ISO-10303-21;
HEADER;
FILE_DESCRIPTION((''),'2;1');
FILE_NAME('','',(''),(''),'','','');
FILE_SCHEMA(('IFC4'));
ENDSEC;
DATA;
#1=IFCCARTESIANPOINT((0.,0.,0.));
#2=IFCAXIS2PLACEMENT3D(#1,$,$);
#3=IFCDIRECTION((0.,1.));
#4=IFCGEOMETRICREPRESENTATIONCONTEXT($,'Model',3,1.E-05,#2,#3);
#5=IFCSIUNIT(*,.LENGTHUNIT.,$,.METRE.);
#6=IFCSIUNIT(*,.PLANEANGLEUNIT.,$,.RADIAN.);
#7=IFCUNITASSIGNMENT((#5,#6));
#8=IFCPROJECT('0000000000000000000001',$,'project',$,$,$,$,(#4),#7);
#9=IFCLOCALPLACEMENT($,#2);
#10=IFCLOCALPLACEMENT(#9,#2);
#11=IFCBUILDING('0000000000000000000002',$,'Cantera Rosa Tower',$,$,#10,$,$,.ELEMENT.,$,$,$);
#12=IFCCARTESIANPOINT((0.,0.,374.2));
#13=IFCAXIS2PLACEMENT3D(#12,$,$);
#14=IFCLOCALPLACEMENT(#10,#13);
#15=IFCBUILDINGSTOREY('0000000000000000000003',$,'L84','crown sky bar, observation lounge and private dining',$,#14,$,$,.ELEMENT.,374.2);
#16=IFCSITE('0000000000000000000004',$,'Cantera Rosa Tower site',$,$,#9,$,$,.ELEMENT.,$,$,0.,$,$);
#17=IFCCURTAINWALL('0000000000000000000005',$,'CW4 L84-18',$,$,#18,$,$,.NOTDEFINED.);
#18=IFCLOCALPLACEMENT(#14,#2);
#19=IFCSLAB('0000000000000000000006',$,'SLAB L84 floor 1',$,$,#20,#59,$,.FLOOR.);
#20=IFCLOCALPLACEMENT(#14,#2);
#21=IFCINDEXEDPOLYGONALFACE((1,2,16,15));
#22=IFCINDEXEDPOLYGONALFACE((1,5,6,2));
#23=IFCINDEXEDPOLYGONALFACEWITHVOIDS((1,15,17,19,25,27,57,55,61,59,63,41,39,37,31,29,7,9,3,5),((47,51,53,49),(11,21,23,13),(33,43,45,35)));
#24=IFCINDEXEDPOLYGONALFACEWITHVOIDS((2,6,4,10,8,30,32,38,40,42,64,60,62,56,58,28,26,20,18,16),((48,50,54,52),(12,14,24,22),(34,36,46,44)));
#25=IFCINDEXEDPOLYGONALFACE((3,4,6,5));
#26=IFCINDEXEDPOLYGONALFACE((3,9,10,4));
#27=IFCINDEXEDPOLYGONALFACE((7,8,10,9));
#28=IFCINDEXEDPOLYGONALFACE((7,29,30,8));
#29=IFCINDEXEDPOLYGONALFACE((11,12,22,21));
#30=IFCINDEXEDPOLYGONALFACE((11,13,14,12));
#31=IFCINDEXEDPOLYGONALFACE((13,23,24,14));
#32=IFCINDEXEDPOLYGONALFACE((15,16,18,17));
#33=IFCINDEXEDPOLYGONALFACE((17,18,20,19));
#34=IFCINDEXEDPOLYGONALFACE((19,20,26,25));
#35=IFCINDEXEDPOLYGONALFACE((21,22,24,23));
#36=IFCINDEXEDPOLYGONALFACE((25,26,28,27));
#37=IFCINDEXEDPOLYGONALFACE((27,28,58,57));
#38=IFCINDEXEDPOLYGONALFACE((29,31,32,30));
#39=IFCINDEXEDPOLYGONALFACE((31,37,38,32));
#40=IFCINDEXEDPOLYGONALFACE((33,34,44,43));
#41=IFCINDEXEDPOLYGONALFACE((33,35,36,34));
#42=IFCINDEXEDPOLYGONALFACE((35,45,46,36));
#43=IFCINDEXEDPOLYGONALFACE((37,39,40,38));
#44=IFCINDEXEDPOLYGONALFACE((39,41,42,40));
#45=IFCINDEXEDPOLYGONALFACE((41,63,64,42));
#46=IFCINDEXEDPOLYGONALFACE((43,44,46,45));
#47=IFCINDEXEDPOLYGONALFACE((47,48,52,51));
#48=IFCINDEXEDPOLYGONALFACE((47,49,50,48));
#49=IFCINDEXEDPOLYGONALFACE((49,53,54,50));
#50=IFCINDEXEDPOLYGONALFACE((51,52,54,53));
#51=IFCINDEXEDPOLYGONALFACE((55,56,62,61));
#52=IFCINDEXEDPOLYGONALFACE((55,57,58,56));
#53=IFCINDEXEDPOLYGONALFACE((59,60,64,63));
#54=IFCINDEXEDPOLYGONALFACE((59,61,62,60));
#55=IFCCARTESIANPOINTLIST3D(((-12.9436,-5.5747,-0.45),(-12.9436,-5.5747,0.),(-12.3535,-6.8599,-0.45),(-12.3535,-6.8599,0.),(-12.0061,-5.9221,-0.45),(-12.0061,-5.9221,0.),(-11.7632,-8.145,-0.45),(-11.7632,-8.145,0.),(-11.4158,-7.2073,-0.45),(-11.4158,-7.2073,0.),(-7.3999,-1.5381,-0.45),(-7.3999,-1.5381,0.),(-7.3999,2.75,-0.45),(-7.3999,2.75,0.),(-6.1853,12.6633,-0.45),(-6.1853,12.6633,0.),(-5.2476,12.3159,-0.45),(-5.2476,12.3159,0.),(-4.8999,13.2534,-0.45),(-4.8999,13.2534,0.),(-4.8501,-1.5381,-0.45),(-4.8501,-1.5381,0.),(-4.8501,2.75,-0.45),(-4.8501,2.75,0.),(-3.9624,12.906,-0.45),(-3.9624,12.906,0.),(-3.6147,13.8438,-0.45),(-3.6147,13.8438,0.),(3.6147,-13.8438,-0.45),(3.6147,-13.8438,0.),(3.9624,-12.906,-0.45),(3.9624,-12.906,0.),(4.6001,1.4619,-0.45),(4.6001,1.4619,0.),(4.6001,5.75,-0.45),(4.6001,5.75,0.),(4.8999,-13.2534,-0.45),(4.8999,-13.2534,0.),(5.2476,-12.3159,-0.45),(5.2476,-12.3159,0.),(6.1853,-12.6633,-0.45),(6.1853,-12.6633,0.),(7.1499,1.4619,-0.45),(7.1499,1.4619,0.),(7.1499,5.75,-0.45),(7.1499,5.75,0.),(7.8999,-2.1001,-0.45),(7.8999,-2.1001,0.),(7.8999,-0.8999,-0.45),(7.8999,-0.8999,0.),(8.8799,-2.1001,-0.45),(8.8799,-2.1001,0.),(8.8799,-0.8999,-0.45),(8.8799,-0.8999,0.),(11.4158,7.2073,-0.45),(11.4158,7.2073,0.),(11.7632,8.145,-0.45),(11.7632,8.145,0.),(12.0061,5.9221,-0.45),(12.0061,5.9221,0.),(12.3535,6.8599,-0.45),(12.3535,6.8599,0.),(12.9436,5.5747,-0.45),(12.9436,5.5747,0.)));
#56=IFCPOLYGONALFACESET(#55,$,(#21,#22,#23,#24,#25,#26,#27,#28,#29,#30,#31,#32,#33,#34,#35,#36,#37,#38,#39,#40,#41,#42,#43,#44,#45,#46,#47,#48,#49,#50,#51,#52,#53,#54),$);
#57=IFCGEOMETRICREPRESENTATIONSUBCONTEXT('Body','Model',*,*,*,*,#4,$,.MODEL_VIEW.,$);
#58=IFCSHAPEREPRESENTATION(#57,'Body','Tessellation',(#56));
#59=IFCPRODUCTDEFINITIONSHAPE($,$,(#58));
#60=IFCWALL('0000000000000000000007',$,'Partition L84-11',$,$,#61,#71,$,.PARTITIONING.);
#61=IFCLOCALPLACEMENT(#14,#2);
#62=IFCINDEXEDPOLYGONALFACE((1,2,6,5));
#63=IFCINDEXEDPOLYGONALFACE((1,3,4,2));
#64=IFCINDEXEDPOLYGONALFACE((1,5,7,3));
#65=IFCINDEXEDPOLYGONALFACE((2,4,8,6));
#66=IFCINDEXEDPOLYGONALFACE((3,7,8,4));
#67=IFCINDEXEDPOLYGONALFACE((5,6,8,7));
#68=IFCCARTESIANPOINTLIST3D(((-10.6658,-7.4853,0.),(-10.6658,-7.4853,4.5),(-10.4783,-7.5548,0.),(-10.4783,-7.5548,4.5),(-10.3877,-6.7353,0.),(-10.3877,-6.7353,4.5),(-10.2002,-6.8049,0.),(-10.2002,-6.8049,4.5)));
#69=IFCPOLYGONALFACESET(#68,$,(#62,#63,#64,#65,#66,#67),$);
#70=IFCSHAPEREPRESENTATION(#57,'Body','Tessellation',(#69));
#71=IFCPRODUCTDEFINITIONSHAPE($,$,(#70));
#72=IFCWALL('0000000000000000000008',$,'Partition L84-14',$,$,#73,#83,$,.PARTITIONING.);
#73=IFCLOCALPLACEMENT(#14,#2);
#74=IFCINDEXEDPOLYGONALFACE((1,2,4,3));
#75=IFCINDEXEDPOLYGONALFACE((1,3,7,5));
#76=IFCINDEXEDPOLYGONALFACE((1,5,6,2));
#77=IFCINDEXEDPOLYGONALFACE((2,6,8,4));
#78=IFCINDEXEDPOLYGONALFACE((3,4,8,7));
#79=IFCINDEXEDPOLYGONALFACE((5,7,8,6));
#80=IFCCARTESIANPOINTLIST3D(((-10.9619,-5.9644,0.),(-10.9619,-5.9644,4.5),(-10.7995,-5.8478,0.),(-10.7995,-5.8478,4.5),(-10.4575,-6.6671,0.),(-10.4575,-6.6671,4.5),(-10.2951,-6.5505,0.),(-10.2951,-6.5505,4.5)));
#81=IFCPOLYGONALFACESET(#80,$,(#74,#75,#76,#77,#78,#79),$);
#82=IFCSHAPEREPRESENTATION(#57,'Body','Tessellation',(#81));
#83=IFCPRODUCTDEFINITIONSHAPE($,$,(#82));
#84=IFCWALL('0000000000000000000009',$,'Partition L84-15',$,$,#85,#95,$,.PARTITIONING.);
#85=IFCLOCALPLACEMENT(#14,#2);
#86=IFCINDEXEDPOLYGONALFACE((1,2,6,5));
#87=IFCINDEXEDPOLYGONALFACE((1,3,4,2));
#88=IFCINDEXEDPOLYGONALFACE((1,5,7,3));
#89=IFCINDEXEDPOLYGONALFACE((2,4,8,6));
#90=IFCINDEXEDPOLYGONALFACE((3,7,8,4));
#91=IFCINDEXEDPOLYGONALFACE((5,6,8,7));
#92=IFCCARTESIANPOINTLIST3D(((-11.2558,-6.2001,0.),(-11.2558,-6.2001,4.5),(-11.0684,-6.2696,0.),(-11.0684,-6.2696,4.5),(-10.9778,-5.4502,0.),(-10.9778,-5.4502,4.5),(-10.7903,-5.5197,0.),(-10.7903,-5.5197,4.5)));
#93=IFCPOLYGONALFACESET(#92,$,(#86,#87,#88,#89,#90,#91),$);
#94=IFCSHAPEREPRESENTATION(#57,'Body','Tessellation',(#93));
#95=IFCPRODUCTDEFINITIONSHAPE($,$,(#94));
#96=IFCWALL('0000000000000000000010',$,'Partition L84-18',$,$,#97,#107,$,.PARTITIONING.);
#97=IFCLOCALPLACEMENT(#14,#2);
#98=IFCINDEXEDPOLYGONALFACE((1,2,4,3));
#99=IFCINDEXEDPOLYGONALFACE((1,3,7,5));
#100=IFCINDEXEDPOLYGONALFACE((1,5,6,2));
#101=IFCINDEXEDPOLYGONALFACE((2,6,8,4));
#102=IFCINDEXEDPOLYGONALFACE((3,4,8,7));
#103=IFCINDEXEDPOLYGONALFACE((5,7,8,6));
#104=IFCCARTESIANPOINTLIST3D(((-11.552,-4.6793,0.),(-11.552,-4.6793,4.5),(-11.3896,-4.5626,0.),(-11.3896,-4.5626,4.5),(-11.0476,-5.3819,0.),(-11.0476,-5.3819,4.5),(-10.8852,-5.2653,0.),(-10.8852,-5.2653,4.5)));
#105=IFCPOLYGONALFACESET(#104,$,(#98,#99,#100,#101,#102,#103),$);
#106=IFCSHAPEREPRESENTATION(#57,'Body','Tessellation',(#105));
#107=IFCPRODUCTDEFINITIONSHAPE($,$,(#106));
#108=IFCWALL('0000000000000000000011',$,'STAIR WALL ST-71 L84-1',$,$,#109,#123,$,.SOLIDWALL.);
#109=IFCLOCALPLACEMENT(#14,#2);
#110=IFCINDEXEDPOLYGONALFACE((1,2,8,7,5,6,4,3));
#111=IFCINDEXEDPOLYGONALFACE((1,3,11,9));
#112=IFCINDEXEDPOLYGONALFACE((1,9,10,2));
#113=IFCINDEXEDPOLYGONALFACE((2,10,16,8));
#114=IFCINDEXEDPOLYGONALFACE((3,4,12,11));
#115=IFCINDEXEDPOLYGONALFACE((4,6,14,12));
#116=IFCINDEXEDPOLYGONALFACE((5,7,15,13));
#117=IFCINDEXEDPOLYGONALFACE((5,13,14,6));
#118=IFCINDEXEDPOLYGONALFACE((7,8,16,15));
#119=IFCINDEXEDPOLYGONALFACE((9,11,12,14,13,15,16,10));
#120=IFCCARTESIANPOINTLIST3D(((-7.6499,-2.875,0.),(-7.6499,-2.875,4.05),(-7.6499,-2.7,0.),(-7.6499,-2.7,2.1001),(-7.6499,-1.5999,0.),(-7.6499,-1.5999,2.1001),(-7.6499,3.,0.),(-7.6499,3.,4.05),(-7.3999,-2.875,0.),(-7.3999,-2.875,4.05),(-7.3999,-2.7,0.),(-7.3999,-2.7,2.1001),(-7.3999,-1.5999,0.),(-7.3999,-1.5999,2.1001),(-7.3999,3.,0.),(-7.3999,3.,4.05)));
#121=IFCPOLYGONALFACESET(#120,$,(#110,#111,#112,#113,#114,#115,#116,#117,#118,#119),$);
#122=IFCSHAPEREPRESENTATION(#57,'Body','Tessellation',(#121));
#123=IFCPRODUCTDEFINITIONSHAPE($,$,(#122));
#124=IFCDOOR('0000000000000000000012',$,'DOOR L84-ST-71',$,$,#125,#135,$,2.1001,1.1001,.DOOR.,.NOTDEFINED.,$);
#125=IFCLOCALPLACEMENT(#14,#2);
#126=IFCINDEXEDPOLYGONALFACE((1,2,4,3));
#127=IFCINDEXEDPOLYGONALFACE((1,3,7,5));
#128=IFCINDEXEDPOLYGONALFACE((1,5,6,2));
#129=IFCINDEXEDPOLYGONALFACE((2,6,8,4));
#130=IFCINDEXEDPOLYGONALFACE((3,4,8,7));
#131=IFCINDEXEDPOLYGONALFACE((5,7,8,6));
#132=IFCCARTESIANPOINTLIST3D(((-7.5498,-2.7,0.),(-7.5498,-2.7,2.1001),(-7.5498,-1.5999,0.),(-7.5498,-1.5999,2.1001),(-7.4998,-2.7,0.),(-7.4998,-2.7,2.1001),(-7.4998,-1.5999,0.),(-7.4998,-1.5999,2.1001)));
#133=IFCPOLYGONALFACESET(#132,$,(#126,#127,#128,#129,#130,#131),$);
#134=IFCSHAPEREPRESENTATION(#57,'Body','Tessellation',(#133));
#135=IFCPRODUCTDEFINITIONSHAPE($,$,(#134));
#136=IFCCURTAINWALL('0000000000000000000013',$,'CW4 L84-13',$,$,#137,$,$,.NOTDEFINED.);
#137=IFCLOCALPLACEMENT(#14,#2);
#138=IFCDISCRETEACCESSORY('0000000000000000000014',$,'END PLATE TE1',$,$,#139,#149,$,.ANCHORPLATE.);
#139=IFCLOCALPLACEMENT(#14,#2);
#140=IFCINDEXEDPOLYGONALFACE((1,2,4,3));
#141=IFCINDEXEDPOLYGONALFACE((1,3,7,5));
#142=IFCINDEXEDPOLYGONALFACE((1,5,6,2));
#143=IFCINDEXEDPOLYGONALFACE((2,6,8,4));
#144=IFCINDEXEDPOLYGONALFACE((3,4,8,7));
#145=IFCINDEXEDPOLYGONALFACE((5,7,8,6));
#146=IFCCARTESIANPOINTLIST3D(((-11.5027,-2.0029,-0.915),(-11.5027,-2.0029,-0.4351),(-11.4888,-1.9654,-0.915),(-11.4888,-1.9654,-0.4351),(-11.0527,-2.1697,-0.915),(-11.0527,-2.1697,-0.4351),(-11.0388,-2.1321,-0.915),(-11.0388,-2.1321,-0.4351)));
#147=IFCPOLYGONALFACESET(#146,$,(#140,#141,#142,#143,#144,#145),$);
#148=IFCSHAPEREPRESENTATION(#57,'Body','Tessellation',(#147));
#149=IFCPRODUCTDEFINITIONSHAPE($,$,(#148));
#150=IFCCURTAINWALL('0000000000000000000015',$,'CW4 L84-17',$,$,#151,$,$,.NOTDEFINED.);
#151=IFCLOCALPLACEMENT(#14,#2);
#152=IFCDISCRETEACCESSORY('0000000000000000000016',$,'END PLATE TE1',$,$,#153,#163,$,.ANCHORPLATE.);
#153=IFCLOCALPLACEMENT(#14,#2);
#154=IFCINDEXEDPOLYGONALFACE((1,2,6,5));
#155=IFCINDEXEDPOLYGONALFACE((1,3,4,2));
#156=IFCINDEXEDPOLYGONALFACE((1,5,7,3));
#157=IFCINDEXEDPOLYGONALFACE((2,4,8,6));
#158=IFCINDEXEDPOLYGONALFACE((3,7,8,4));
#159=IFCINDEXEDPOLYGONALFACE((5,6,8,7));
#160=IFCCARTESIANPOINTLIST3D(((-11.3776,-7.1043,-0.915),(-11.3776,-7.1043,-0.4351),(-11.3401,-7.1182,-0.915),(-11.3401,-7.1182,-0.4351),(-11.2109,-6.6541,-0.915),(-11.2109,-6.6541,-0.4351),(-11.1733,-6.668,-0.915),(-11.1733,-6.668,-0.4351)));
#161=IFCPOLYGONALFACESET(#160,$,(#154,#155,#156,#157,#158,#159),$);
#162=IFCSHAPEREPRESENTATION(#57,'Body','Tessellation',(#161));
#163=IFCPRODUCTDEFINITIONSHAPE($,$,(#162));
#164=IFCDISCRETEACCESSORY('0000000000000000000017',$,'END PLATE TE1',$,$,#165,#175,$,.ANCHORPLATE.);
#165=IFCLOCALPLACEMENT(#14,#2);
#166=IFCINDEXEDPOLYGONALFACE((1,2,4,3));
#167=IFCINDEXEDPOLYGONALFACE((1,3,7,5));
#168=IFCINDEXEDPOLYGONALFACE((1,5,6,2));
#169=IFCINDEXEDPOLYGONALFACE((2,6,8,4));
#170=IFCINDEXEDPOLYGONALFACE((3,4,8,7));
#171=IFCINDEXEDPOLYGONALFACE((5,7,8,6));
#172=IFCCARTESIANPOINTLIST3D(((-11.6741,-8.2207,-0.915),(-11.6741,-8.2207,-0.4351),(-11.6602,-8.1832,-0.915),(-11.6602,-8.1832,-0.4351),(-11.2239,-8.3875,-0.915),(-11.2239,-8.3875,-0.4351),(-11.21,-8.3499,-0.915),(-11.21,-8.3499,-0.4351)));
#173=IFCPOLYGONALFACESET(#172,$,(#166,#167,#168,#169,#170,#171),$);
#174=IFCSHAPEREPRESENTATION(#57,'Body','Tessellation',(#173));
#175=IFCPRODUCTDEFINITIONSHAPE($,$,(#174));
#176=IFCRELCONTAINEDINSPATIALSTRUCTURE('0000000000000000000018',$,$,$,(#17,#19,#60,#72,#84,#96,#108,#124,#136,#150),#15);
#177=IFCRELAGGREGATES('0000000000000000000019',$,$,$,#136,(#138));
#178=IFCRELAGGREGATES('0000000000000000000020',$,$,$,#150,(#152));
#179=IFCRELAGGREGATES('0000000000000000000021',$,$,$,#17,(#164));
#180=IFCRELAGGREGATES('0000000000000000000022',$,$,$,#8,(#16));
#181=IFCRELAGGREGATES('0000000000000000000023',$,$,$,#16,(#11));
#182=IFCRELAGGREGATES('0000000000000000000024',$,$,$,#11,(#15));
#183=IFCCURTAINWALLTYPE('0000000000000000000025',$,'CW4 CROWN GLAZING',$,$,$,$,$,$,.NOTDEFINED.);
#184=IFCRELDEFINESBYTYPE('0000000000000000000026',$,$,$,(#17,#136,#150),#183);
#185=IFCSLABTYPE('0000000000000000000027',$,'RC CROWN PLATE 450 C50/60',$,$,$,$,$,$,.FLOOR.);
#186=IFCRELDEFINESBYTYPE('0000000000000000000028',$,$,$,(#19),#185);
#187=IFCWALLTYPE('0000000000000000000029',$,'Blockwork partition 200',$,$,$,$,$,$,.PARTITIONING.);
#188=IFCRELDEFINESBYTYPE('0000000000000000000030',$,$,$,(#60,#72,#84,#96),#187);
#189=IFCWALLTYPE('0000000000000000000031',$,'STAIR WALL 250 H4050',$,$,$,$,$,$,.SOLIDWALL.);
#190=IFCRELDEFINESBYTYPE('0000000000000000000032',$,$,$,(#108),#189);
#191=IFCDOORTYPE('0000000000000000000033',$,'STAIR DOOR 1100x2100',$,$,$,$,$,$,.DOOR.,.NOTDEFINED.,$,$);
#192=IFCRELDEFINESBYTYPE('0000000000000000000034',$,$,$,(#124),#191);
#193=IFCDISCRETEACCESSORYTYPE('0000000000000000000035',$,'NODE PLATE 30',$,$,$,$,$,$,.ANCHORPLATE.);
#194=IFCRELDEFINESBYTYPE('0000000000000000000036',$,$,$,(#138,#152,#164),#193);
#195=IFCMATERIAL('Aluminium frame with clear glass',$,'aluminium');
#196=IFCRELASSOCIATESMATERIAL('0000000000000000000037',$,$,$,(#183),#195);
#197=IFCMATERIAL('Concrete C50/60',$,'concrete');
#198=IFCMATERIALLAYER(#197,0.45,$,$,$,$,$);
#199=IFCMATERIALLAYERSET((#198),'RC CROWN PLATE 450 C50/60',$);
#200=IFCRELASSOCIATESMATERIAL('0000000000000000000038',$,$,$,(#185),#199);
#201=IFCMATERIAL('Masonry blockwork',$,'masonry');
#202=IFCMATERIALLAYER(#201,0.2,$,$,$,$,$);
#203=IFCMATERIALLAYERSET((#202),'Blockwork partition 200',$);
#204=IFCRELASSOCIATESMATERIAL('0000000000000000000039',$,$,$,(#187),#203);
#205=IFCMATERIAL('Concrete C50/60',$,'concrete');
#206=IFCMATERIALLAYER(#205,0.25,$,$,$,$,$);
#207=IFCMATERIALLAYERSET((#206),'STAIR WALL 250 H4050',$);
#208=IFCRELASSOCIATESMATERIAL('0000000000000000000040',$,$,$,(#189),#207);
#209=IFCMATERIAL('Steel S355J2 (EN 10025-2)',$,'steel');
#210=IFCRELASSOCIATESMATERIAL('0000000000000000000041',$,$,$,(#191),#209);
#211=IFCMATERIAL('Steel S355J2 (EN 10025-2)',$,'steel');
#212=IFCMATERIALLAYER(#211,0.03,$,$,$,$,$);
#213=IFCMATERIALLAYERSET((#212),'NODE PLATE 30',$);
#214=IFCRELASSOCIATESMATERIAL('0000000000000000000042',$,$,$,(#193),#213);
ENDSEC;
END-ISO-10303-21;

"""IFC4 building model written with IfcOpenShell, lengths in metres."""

from ifc_helpers import new_model, si_unit, direction, frame, frame_2d, origin, place, context, subcontext, project, spatial, polyline, rectangle, outline, extrude, material, layer, layer_set, type_object, element, fill, aggregate, save


model = new_model("IFC4")

# Units and contexts
model_context = context("Model", 3, precision=1e-05, world=origin(), true_north=direction((0.0, 1.0)))
body_context = subcontext(model_context, "Body", "Model", "MODEL_VIEW")
ifc_project = project(units=[si_unit("LENGTHUNIT", "METRE"), si_unit("PLANEANGLEUNIT", "RADIAN")], contexts=[model_context])

# Site, building, storey
site_placement = place(None, origin())
site = spatial("IfcSite", under=ifc_project, at=site_placement, Name="Cantera Rosa Tower site", CompositionType="ELEMENT", RefElevation=0.0)
building_placement = place(site_placement, origin())
building = spatial("IfcBuilding", under=site, at=building_placement, Name="Cantera Rosa Tower", CompositionType="ELEMENT")
storey_placement = place(building_placement, frame((0.0, 0.0, 374.2)))
storey = spatial("IfcBuildingStorey", under=building, at=storey_placement, Name="L84", Description="crown sky bar, observation lounge and private dining", CompositionType="ELEMENT", Elevation=374.2)

# Curtain wall
ifc_material_1 = material(Name="Aluminium frame with clear glass", Category="aluminium")
curtain_wall_type = type_object("IfcCurtainWallType", Name="CW4 CROWN GLAZING", PredefinedType="NOTDEFINED", material=ifc_material_1)
curtain_wall_1_placement = place(storey_placement, origin())
curtain_wall_1 = element("IfcCurtainWall", 1, at=curtain_wall_1_placement, inside=storey, type_object=curtain_wall_type, Name="CW4 L84-18", PredefinedType="NOTDEFINED")

# Slab
ifc_material_2 = material(Name="Concrete C50/60", Category="concrete")
ifc_layer_1 = layer(ifc_material_2, 0.45)
ifc_layer_set_1 = layer_set([ifc_layer_1], Name="RC CROWN PLATE 450 C50/60")
slab_type = type_object("IfcSlabType", Name="RC CROWN PLATE 450 C50/60", PredefinedType="FLOOR", material=ifc_layer_set_1)
slab_placement = place(storey_placement, frame((0.0, 0.0, -0.45)))
element("IfcSlab", 2, at=slab_placement, inside=storey, type_object=slab_type, Name="SLAB L84 floor 1", PredefinedType="FLOOR", context=body_context, shape_type="SweptSolid", body=[
    extrude(outline(polyline([(12.3535, 6.8599), (12.0061, 5.9221), (12.9436, 5.5747), (6.1853, -12.6633), (5.2476, -12.3159), (4.8999, -13.2534), (3.9624, -12.906), (3.6147, -13.8438), (-11.7632, -8.145), (-11.4158, -7.2073), (-12.3535, -6.8599), (-12.0061, -5.9221), (-12.9436, -5.5747), (-6.1853, 12.6633), (-5.2476, 12.3159), (-4.8999, 13.2534), (-3.9624, 12.906), (-3.6147, 13.8438), (11.7632, 8.145), (11.4158, 7.2073), (12.3535, 6.8599)]), holes=[polyline([(8.8799, -0.8999), (7.8999, -0.8999), (7.8999, -2.1001), (8.8799, -2.1001), (8.8799, -0.8999)]), polyline([(-7.3999, 2.75), (-7.3999, -1.5381), (-4.8501, -1.5381), (-4.8501, 2.75), (-7.3999, 2.75)]), polyline([(4.6001, 5.75), (4.6001, 1.4619), (7.1499, 1.4619), (7.1499, 5.75), (4.6001, 5.75)])]), origin(), (0.0, 0.0, 1.0), 0.45),
])

# Walls
ifc_material_3 = material(Name="Masonry blockwork", Category="masonry")
ifc_layer_2 = layer(ifc_material_3, 0.2)
ifc_layer_set_2 = layer_set([ifc_layer_2], Name="Blockwork partition 200")
wall_type_1 = type_object("IfcWallType", Name="Blockwork partition 200", PredefinedType="PARTITIONING", material=ifc_layer_set_2)
wall_1_placement = place(storey_placement, frame((-10.572, -7.52, 0.0), z_axis=(0.0, 0.0, 1.0), x_axis=(0.347642, 0.937627, 0.0)))
element("IfcWall", 3, at=wall_1_placement, inside=storey, type_object=wall_type_1, Name="Partition L84-11", PredefinedType="PARTITIONING", context=body_context, shape_type="SweptSolid", body=[
    extrude(rectangle(XDim=0.7998, YDim=0.2, at=frame_2d((0.3999, 0.0))), origin(), (0.0, 0.0, 1.0), 4.5),
])
wall_2_placement = place(storey_placement, frame((-10.3762, -6.6089, 0.0), z_axis=(0.0, 0.0, 1.0), x_axis=(-0.583159, 0.812358, 0.0)))
element("IfcWall", 4, at=wall_2_placement, inside=storey, type_object=wall_type_1, Name="Partition L84-14", PredefinedType="PARTITIONING", context=body_context, shape_type="SweptSolid", body=[
    extrude(rectangle(XDim=0.865, YDim=0.2, at=frame_2d((0.4326, 0.0))), origin(), (0.0, 0.0, 1.0), 4.5),
])
wall_3_placement = place(storey_placement, frame((-11.1621, -6.2349, 0.0), z_axis=(0.0, 0.0, 1.0), x_axis=(0.347642, 0.937627, 0.0)))
element("IfcWall", 5, at=wall_3_placement, inside=storey, type_object=wall_type_1, Name="Partition L84-15", PredefinedType="PARTITIONING", context=body_context, shape_type="SweptSolid", body=[
    extrude(rectangle(XDim=0.7998, YDim=0.2, at=frame_2d((0.3999, 0.0))), origin(), (0.0, 0.0, 1.0), 4.5),
])
wall_4_placement = place(storey_placement, frame((-10.9663, -5.3237, 0.0), z_axis=(0.0, 0.0, 1.0), x_axis=(-0.583159, 0.812358, 0.0)))
element("IfcWall", 6, at=wall_4_placement, inside=storey, type_object=wall_type_1, Name="Partition L84-18", PredefinedType="PARTITIONING", context=body_context, shape_type="SweptSolid", body=[
    extrude(rectangle(XDim=0.865, YDim=0.2, at=frame_2d((0.4326, 0.0))), origin(), (0.0, 0.0, 1.0), 4.5),
])

# Wall, opening, door
ifc_material_4 = material(Name="Concrete C50/60", Category="concrete")
ifc_layer_3 = layer(ifc_material_4, 0.25)
ifc_layer_set_3 = layer_set([ifc_layer_3], Name="STAIR WALL 250 H4050")
wall_type_2 = type_object("IfcWallType", Name="STAIR WALL 250 H4050", PredefinedType="SOLIDWALL", material=ifc_layer_set_3)
wall_5_placement = place(storey_placement, frame((-7.5249, -2.875, 0.0), z_axis=(0.0, 0.0, 1.0), x_axis=(0.0, 1.0, 0.0)))
wall_5 = element("IfcWall", 7, at=wall_5_placement, inside=storey, type_object=wall_type_2, Name="STAIR WALL ST-71 L84-1", PredefinedType="SOLIDWALL", context=body_context, shape_type="SweptSolid", body=[
    extrude(rectangle(XDim=5.875, YDim=0.25, at=frame_2d((2.9375, 0.0))), origin(), (0.0, 0.0, 1.0), 4.05),
])
opening_placement = place(wall_5_placement, frame((0.175, 0.0, 0.0)))
opening = element("IfcOpeningElement", 8, at=opening_placement, cuts=wall_5, PredefinedType="OPENING", context=body_context, shape_type="SweptSolid", body=[
    extrude(rectangle(XDim=1.1001, YDim=2.1001, at=frame_2d((0.55, 1.05))), frame((0.0, 0.135, 0.0), z_axis=(0.0, -1.0, 0.0), x_axis=(1.0, 0.0, 0.0)), (0.0, 0.0, 1.0), 0.27),
])
ifc_material_5 = material(Name="Steel S355J2 (EN 10025-2)", Category="steel")
door_type = type_object("IfcDoorType", Name="STAIR DOOR 1100x2100", OperationType="NOTDEFINED", PredefinedType="DOOR", material=ifc_material_5)
door_placement = place(opening_placement, origin())
door = element("IfcDoor", 9, at=door_placement, inside=storey, type_object=door_type, Name="DOOR L84-ST-71", OperationType="NOTDEFINED", OverallHeight=2.1001, OverallWidth=1.1001, PredefinedType="DOOR", context=body_context, shape_type="SweptSolid", body=[
    extrude(rectangle(XDim=1.1001, YDim=2.1001, at=frame_2d((0.55, 1.05))), frame((0.0, 0.0249, 0.0), z_axis=(0.0, -1.0, 0.0), x_axis=(1.0, 0.0, 0.0)), (0.0, 0.0, 1.0), 0.05),
])
fill(opening, door)

# Curtain walls, discrete accessories
curtain_wall_2_placement = place(storey_placement, origin())
curtain_wall_2 = element("IfcCurtainWall", 10, at=curtain_wall_2_placement, inside=storey, type_object=curtain_wall_type, Name="CW4 L84-13", PredefinedType="NOTDEFINED")
ifc_material_6 = material(Name="Steel S355J2 (EN 10025-2)", Category="steel")
ifc_layer_4 = layer(ifc_material_6, 0.03)
ifc_layer_set_4 = layer_set([ifc_layer_4], Name="NODE PLATE 30")
discrete_accessory_type = type_object("IfcDiscreteAccessoryType", Name="NODE PLATE 30", PredefinedType="ANCHORPLATE", material=ifc_layer_set_4)
discrete_accessory_1_placement = place(storey_placement, frame((-11.0527, -2.1697, -0.4351), z_axis=(-0.347497, -0.937681, 0.0), x_axis=(-0.937681, 0.347497, 0.0)))
discrete_accessory_1 = element("IfcDiscreteAccessory", 11, at=discrete_accessory_1_placement, type_object=discrete_accessory_type, Name="END PLATE TE1", PredefinedType="ANCHORPLATE", context=body_context, shape_type="SweptSolid", body=[
    extrude(outline(polyline([(0.0, 0.0), (0.4799, 0.0), (0.4799, 0.48), (0.0, 0.48), (0.0, 0.0)])), origin(), (0.0, 0.0, -1.0), 0.04),
])
aggregate(curtain_wall_2, [discrete_accessory_1])
curtain_wall_3_placement = place(storey_placement, origin())
curtain_wall_3 = element("IfcCurtainWall", 12, at=curtain_wall_3_placement, inside=storey, type_object=curtain_wall_type, Name="CW4 L84-17", PredefinedType="NOTDEFINED")
discrete_accessory_2_placement = place(storey_placement, frame((-11.1733, -6.668, -0.4351), z_axis=(0.937743, -0.347331, 0.0), x_axis=(-0.347331, -0.937743, 0.0)))
discrete_accessory_2 = element("IfcDiscreteAccessory", 13, at=discrete_accessory_2_placement, type_object=discrete_accessory_type, Name="END PLATE TE1", PredefinedType="ANCHORPLATE", context=body_context, shape_type="SweptSolid", body=[
    extrude(outline(polyline([(0.0, 0.0), (0.4801, 0.0), (0.4801, 0.48), (0.0, 0.48), (0.0, 0.0)])), origin(), (0.0, 0.0, -1.0), 0.04),
])
aggregate(curtain_wall_3, [discrete_accessory_2])

# Discrete accessory
discrete_accessory_3_placement = place(storey_placement, frame((-11.2239, -8.3875, -0.4351), z_axis=(-0.347331, -0.937743, 0.0), x_axis=(-0.937743, 0.347331, 0.0)))
discrete_accessory_3 = element("IfcDiscreteAccessory", 14, at=discrete_accessory_3_placement, type_object=discrete_accessory_type, Name="END PLATE TE1", PredefinedType="ANCHORPLATE", context=body_context, shape_type="SweptSolid", body=[
    extrude(outline(polyline([(0.0, 0.0), (0.4801, 0.0), (0.4801, 0.48), (0.0, 0.48), (0.0, 0.0)])), origin(), (0.0, 0.0, -1.0), 0.04),
])
aggregate(curtain_wall_1, [discrete_accessory_3])

save(model, "model.ifc")
